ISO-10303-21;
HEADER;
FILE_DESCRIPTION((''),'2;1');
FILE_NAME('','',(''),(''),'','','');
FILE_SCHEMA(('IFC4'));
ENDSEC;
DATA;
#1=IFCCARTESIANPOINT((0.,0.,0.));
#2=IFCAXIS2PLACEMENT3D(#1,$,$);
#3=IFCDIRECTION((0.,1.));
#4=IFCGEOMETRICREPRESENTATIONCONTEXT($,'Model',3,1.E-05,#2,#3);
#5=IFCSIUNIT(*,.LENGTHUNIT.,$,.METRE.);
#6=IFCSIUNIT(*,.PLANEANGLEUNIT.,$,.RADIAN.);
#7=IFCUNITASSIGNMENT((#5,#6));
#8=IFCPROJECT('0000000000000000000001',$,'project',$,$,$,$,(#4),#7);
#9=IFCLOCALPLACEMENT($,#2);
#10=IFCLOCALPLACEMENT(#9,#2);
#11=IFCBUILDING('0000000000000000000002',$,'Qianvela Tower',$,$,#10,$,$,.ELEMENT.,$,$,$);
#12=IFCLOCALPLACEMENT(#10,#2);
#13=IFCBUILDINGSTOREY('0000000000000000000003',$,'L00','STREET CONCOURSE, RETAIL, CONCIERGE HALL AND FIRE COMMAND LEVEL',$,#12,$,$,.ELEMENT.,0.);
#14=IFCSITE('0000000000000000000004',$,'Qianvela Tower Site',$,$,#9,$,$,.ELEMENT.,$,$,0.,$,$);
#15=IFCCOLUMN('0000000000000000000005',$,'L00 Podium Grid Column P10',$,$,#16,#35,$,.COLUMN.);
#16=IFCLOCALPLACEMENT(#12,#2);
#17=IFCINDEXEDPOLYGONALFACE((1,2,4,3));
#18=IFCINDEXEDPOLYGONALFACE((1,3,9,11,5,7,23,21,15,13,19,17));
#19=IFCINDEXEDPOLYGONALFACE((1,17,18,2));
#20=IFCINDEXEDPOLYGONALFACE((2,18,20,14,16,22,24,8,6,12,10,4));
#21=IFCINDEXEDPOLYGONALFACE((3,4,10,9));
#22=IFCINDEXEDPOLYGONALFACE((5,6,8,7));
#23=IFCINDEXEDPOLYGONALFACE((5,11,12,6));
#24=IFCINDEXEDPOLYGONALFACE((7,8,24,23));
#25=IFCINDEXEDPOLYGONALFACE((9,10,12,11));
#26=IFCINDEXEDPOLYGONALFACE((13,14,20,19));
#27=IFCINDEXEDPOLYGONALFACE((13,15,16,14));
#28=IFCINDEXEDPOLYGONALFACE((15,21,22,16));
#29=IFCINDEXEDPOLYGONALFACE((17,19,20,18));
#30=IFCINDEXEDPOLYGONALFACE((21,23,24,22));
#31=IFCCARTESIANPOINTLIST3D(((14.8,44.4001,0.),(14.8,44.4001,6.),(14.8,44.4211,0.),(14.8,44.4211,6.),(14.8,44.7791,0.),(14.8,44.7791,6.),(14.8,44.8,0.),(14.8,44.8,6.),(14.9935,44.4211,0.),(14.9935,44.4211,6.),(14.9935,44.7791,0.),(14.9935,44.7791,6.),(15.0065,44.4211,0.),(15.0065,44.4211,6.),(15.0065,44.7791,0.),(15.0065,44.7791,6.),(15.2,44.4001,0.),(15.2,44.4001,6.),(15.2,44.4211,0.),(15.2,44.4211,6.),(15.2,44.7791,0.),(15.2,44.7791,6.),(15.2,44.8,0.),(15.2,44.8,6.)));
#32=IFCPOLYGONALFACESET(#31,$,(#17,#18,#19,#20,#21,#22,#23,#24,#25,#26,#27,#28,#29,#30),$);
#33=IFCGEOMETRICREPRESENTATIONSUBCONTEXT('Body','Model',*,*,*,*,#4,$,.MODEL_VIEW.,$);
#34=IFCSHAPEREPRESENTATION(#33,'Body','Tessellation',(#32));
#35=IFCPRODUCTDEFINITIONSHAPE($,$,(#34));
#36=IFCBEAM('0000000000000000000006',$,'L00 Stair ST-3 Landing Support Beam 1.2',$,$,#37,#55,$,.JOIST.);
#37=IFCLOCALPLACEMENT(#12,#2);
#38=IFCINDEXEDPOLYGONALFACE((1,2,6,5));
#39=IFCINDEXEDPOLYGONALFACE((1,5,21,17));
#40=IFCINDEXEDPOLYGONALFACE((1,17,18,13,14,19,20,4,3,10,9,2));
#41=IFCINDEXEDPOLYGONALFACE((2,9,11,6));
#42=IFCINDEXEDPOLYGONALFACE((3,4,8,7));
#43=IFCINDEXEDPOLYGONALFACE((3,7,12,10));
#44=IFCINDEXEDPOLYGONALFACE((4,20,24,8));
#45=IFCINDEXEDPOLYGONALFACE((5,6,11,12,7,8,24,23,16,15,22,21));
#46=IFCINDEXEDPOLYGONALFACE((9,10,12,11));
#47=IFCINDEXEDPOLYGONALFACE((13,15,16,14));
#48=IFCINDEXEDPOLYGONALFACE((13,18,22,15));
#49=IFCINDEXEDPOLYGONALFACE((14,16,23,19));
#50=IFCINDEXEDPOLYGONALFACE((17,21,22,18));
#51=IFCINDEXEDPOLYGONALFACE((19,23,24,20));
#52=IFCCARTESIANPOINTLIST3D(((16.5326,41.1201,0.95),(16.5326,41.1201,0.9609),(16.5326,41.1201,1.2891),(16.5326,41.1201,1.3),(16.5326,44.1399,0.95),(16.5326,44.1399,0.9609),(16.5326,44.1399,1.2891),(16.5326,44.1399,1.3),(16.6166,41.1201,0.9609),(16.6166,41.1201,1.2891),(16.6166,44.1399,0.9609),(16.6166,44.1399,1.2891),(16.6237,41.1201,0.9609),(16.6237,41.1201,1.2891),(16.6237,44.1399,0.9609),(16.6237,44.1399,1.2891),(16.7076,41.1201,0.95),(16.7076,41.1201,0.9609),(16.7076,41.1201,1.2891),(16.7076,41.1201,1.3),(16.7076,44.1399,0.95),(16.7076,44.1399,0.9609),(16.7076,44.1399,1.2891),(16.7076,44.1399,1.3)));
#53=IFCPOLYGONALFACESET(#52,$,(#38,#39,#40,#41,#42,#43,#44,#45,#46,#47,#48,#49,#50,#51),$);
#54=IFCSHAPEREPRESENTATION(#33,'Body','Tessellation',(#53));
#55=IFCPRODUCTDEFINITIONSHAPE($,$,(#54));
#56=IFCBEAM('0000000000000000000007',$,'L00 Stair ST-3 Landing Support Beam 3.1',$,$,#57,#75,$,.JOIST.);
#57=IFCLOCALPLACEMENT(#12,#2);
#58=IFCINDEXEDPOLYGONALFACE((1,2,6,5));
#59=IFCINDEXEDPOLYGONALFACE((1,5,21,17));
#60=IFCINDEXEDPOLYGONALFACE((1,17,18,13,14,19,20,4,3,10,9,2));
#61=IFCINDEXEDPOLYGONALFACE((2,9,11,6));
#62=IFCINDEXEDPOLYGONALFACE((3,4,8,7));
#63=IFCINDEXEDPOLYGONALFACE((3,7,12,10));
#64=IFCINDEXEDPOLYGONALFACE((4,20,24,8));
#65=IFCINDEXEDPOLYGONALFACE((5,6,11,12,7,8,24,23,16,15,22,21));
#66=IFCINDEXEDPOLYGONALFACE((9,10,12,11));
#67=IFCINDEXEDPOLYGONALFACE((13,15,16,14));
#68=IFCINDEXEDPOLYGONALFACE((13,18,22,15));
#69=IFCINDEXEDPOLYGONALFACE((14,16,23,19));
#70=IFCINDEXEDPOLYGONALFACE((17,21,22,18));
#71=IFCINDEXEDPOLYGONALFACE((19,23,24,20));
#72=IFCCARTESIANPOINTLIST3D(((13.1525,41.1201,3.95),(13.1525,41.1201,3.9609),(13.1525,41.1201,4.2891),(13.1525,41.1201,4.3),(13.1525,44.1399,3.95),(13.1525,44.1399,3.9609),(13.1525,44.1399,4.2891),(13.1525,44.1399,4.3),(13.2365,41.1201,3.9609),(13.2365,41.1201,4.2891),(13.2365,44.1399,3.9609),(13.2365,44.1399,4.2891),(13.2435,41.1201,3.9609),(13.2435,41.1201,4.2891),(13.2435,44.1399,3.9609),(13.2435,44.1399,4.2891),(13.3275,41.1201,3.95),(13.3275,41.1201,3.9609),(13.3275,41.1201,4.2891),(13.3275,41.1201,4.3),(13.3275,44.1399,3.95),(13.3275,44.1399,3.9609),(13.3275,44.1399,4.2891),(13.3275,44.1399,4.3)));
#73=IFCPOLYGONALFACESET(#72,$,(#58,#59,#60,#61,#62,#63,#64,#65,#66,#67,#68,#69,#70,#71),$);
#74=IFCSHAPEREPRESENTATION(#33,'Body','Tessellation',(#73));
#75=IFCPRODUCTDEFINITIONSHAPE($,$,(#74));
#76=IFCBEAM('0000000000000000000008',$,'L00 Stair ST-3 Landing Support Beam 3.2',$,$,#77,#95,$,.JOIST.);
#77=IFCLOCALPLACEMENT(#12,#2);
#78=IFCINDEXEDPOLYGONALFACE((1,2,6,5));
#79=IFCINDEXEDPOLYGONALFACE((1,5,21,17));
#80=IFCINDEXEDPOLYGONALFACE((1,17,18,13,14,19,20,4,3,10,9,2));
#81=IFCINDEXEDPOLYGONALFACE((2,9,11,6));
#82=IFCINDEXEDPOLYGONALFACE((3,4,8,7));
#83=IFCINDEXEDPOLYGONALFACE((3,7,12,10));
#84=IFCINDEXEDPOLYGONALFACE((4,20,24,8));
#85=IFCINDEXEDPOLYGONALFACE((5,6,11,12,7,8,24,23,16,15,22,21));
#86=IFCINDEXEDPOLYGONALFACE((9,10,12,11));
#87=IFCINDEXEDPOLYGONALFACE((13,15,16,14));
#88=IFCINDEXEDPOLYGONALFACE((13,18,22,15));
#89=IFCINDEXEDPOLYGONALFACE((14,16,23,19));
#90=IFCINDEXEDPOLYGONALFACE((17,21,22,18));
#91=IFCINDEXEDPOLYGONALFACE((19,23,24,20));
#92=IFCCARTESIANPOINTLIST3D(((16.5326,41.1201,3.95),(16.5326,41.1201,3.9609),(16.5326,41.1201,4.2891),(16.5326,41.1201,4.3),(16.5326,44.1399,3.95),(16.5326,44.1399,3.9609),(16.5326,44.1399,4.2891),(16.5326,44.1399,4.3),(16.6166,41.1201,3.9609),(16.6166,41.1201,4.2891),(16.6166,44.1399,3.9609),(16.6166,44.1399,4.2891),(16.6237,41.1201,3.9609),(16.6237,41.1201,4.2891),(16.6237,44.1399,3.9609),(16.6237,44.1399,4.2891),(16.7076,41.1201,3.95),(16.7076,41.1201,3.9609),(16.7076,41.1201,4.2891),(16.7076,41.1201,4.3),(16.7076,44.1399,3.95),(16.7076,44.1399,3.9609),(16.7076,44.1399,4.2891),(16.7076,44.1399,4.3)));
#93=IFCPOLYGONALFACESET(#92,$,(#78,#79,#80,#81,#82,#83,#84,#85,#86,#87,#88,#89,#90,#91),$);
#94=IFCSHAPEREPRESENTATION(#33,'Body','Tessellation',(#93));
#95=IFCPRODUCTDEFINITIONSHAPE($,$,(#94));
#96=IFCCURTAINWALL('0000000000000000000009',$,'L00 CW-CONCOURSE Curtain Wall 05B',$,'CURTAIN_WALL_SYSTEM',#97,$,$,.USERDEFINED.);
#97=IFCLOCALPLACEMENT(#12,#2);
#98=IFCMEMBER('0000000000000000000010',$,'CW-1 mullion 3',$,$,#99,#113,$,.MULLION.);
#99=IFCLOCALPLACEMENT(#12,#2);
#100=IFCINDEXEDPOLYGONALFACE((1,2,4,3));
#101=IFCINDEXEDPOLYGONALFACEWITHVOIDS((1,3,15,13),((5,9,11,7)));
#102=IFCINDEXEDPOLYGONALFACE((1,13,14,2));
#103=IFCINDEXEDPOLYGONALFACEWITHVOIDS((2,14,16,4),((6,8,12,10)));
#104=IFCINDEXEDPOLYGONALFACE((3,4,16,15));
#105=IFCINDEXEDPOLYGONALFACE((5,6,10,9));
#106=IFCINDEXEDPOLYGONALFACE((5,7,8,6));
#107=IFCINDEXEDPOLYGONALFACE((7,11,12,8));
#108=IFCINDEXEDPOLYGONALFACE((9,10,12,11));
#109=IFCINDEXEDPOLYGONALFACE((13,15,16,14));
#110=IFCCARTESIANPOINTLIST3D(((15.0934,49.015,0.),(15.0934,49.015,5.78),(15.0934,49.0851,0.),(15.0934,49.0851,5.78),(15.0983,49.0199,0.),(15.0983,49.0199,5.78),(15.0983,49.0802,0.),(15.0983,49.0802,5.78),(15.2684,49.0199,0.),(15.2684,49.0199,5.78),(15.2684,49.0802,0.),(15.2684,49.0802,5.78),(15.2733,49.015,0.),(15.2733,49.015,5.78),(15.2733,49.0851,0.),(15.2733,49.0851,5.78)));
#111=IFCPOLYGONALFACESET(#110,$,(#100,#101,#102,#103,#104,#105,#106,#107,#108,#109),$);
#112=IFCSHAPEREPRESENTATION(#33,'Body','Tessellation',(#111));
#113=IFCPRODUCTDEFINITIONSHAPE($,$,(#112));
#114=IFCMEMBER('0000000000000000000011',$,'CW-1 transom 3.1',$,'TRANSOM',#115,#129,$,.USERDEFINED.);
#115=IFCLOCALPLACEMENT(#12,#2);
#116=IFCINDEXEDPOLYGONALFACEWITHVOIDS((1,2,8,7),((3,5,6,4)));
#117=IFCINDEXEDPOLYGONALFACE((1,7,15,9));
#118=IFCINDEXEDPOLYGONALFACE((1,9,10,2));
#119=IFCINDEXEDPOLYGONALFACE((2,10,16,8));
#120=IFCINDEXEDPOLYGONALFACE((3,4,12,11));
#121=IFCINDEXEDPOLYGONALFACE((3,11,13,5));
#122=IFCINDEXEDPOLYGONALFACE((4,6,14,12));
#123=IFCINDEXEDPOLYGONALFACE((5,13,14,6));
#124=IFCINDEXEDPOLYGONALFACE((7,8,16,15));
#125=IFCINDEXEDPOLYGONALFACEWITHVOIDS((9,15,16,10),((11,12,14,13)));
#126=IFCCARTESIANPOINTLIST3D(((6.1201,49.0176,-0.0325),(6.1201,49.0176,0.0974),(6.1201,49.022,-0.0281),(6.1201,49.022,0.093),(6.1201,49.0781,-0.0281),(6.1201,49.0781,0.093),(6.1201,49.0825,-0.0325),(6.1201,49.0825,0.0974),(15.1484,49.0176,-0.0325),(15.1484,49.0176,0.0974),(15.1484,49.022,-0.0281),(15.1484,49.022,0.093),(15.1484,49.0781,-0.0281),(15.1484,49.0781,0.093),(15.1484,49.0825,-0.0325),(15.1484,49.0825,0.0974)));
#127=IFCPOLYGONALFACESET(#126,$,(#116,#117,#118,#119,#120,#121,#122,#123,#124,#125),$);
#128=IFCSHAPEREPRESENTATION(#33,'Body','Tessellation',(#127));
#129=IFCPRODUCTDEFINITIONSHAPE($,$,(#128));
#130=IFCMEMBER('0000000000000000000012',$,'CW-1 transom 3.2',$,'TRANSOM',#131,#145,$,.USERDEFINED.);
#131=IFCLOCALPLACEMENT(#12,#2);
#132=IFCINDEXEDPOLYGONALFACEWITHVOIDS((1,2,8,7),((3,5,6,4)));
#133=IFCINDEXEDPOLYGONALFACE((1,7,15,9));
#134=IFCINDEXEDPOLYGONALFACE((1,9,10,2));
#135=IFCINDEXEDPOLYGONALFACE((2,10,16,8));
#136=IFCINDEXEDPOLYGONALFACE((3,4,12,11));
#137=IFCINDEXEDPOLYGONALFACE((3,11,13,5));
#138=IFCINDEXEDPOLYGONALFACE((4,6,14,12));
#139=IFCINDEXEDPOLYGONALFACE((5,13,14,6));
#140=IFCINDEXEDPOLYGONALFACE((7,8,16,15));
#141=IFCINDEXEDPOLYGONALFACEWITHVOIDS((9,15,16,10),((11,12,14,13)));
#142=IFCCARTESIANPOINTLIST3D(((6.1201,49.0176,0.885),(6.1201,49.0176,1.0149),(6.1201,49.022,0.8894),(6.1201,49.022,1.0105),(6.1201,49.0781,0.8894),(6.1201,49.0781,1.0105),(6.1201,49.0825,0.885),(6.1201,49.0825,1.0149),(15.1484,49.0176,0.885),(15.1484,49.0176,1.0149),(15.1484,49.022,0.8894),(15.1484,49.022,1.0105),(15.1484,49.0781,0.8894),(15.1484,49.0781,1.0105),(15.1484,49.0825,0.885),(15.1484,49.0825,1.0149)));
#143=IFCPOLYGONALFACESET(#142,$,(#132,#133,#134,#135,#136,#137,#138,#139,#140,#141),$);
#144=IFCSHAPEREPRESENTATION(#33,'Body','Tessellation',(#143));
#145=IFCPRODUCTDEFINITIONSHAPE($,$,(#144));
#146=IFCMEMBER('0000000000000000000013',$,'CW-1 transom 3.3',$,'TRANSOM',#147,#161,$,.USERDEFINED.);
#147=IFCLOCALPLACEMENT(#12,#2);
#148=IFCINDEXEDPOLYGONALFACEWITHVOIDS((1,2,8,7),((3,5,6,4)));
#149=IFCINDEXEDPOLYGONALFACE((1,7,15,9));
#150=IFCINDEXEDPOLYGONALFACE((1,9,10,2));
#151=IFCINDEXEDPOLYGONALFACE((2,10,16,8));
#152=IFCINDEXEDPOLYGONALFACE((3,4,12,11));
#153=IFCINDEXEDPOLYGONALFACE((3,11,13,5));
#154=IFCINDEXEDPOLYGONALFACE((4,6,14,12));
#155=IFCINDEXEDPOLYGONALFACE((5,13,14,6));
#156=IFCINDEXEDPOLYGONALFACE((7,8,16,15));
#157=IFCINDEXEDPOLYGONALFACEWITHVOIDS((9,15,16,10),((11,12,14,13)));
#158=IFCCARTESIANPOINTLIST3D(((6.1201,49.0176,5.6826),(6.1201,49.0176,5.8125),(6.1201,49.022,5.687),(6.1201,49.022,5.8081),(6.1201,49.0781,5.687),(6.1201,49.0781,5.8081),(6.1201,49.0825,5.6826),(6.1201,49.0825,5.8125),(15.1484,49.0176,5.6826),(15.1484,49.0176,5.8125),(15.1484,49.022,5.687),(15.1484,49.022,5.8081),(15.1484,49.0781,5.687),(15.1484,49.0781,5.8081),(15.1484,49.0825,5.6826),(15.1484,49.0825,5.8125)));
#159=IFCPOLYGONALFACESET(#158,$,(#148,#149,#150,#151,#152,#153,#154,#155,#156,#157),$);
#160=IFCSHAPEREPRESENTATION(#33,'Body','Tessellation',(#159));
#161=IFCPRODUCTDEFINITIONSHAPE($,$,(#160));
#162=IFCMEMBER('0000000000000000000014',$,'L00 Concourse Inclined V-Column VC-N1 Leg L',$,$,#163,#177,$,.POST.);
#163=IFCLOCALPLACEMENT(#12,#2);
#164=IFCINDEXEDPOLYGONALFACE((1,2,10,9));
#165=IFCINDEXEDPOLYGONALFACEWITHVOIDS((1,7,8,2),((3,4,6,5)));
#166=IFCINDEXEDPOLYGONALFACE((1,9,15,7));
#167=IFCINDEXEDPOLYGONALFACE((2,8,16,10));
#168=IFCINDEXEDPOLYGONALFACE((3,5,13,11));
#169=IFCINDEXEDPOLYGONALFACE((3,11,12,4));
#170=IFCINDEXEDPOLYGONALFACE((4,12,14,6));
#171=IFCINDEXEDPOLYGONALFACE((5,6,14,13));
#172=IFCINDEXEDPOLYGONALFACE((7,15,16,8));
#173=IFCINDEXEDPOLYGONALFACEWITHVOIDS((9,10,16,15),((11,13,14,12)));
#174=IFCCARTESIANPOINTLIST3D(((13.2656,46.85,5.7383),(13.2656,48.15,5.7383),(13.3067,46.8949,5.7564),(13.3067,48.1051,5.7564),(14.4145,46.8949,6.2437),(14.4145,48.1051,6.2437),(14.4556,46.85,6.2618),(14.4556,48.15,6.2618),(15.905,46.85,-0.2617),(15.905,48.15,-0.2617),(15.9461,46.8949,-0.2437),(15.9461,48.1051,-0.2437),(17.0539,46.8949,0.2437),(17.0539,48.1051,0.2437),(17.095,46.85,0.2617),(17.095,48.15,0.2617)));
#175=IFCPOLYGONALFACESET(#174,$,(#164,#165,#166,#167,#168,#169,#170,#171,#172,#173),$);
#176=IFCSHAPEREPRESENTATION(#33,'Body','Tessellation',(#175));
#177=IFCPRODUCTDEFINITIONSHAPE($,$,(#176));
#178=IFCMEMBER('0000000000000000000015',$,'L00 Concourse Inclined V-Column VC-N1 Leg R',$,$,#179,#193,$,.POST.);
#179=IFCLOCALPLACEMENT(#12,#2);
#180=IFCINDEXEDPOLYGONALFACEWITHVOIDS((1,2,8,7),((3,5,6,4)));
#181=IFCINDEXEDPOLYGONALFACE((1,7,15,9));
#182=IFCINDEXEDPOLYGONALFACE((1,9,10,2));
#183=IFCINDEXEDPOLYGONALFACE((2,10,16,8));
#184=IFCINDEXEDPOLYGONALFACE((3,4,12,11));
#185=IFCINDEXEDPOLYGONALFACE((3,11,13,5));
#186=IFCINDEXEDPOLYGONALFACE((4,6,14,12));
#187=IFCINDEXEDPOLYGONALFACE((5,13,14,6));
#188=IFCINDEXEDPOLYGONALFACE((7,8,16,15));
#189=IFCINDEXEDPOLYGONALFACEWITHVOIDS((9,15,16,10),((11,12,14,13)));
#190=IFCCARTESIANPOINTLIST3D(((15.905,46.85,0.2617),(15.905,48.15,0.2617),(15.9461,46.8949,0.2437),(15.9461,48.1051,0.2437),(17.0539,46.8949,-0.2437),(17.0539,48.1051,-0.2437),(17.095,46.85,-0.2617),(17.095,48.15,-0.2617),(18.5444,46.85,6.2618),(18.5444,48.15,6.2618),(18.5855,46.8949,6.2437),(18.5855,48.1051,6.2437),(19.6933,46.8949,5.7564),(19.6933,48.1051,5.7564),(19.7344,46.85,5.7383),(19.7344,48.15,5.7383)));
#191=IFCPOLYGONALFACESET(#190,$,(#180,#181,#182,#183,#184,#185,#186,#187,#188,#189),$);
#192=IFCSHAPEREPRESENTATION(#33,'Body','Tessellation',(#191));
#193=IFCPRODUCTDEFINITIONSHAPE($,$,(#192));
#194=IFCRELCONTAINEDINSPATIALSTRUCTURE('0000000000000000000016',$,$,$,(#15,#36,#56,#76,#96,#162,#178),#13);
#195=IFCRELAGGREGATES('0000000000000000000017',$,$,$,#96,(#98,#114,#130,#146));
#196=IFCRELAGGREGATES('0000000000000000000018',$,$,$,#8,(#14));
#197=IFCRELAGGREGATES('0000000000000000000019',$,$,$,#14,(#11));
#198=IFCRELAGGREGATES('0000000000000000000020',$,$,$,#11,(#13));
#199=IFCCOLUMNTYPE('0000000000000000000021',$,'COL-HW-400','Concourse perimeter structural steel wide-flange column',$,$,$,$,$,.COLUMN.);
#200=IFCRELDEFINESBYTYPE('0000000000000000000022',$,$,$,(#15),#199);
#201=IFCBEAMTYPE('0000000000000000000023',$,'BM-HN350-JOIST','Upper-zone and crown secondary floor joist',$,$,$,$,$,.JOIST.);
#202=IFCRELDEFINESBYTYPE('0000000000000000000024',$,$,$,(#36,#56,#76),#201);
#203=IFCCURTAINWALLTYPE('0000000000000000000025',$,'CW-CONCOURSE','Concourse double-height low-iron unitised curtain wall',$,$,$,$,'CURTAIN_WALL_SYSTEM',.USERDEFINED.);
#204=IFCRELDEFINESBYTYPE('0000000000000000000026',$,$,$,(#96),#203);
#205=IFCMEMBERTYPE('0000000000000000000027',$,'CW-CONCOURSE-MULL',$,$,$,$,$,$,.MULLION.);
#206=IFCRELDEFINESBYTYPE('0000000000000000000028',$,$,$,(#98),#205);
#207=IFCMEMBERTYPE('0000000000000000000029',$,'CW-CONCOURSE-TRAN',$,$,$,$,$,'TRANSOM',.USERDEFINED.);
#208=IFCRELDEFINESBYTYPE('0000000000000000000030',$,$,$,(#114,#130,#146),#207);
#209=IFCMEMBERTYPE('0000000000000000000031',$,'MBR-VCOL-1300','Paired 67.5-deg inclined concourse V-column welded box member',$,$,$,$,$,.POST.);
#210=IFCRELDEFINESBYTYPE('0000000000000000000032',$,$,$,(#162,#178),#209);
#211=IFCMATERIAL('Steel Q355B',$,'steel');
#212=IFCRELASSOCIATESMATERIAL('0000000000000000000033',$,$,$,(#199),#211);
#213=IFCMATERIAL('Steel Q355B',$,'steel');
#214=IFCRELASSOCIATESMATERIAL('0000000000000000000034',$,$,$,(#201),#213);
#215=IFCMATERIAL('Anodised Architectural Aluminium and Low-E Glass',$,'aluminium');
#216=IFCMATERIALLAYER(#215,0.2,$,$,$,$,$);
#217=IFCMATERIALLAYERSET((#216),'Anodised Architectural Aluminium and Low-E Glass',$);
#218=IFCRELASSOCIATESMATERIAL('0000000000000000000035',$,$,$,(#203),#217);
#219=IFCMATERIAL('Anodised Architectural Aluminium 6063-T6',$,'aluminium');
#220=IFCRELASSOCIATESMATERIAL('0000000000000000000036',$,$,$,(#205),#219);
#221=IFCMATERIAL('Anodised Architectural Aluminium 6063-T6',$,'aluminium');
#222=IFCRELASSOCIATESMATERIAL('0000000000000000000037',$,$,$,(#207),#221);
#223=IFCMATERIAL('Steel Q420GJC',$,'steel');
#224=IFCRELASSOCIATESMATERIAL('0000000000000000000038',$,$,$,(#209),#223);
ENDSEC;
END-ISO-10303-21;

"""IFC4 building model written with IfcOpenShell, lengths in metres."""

from ifc_helpers import new_model, si_unit, direction, frame, origin, origin_2d, place, context, subcontext, project, spatial, hollow_rectangle, i_section, extrude, material, layer, layer_set, material_profile, profile_set, type_object, element, aggregate, save


model = new_model("IFC4")

# Units and contexts
model_context = context("Model", 3, precision=1e-05, world=origin(), true_north=direction((0.0, 1.0)))
body_context = subcontext(model_context, "Body", "Model", "MODEL_VIEW")
ifc_project = project(units=[si_unit("LENGTHUNIT", "METRE"), si_unit("PLANEANGLEUNIT", "RADIAN")], contexts=[model_context])

# Site, building, storey
site_placement = place(None, origin())
site = spatial("IfcSite", under=ifc_project, at=site_placement, Name="Qianvela Tower Site", CompositionType="ELEMENT", RefElevation=0.0)
building_placement = place(site_placement, origin())
building = spatial("IfcBuilding", under=site, at=building_placement, Name="Qianvela Tower", CompositionType="ELEMENT")
storey_placement = place(building_placement, origin())
storey = spatial("IfcBuildingStorey", under=building, at=storey_placement, Name="L00", Description="STREET CONCOURSE, RETAIL, CONCIERGE HALL AND FIRE COMMAND LEVEL", CompositionType="ELEMENT", Elevation=0.0)

# Column
ifc_material_1 = material(Name="Steel Q355B", Category="steel")
ifc_material_profile_1 = material_profile(ifc_material_1, i_section(OverallWidth=0.3999, OverallDepth=0.3999, WebThickness=0.0129, FlangeThickness=0.021, at=origin_2d()), Name="HW400x400x13x21")
ifc_profile_set_1 = profile_set([ifc_material_profile_1], Name="Steel Q355B")
column_type = type_object("IfcColumnType", Name="COL-HW-400", Description="Concourse perimeter structural steel wide-flange column", PredefinedType="COLUMN", material=ifc_profile_set_1)
column_placement = place(storey_placement, frame((15.0, 44.6001, 0.0), z_axis=(0.0, 0.0, 1.0), x_axis=(1.0, 0.0, 0.0)))
element("IfcColumn", 1, at=column_placement, inside=storey, type_object=column_type, Name="L00 Podium Grid Column P10", PredefinedType="COLUMN", context=body_context, shape_type="SweptSolid", body=[
    extrude(i_section(OverallWidth=0.3999, OverallDepth=0.3999, WebThickness=0.0129, FlangeThickness=0.021, at=origin_2d()), origin(), (0.0, 0.0, 1.0), 6.0),
])

# Beams
ifc_material_2 = material(Name="Steel Q355B", Category="steel")
ifc_material_profile_2 = material_profile(ifc_material_2, i_section(OverallWidth=0.175, OverallDepth=0.3501, WebThickness=0.0071, FlangeThickness=0.011, at=origin_2d()), Name="HN350x175x7x11")
ifc_profile_set_2 = profile_set([ifc_material_profile_2], Name="Steel Q355B")
beam_type = type_object("IfcBeamType", Name="BM-HN350-JOIST", Description="Upper-zone and crown secondary floor joist", PredefinedType="JOIST", material=ifc_profile_set_2)
for number, where, z_axis, x_axis, name in (
    (2, (16.6201, 41.1201, 1.125), (0.0, 1.0, 0.0), (-1.0, 0.0, 0.0), "L00 Stair ST-3 Landing Support Beam 1.2"),
    (3, (13.24, 41.1201, 4.125), (0.0, 1.0, 0.0), (-1.0, 0.0, 0.0), "L00 Stair ST-3 Landing Support Beam 3.1"),
    (4, (16.6201, 41.1201, 4.125), (0.0, 1.0, 0.0), (-1.0, 0.0, 0.0), "L00 Stair ST-3 Landing Support Beam 3.2"),
):
    element("IfcBeam", number, at=place(storey_placement, frame(where, z_axis=z_axis, x_axis=x_axis)), inside=storey, type_object=beam_type, Name=name, PredefinedType="JOIST", context=body_context, shape_type="SweptSolid", body=[
        extrude(i_section(OverallWidth=0.175, OverallDepth=0.3501, WebThickness=0.0071, FlangeThickness=0.011, at=origin_2d()), origin(), (0.0, 0.0, 1.0), 3.0198),
    ])

# Curtain wall, members
ifc_material_3 = material(Name="Anodised Architectural Aluminium and Low-E Glass", Category="aluminium")
ifc_layer_1 = layer(ifc_material_3, 0.2)
ifc_layer_set_1 = layer_set([ifc_layer_1], Name="Anodised Architectural Aluminium and Low-E Glass")
curtain_wall_type = type_object("IfcCurtainWallType", Name="CW-CONCOURSE", Description="Concourse double-height low-iron unitised curtain wall", ElementType="CURTAIN_WALL_SYSTEM", PredefinedType="USERDEFINED", material=ifc_layer_set_1)
curtain_wall_placement = place(storey_placement, origin())
curtain_wall = element("IfcCurtainWall", 5, at=curtain_wall_placement, inside=storey, type_object=curtain_wall_type, Name="L00 CW-CONCOURSE Curtain Wall 05B", ObjectType="CURTAIN_WALL_SYSTEM", PredefinedType="USERDEFINED")
ifc_material_4 = material(Name="Anodised Architectural Aluminium 6063-T6", Category="aluminium")
ifc_material_profile_3 = material_profile(ifc_material_4, hollow_rectangle(XDim=0.0701, YDim=0.1799, WallThickness=0.0049, at=origin_2d()), Name="ALU-MULL-70x180")
ifc_profile_set_3 = profile_set([ifc_material_profile_3], Name="Anodised Architectural Aluminium 6063-T6")
member_type_1 = type_object("IfcMemberType", Name="CW-CONCOURSE-MULL", PredefinedType="MULLION", material=ifc_profile_set_3)
member_1_placement = place(storey_placement, frame((15.1833, 49.05, 0.0), z_axis=(0.0, 0.0, 1.0), x_axis=(0.0, -1.0, 0.0)))
member_1 = element("IfcMember", 6, at=member_1_placement, type_object=member_type_1, Name="CW-1 mullion 3", PredefinedType="MULLION", context=body_context, shape_type="SweptSolid", body=[
    extrude(hollow_rectangle(XDim=0.0701, YDim=0.1799, WallThickness=0.0049, at=origin_2d()), origin(), (0.0, 0.0, 1.0), 5.78),
])
ifc_material_5 = material(Name="Anodised Architectural Aluminium 6063-T6", Category="aluminium")
ifc_material_profile_4 = material_profile(ifc_material_5, hollow_rectangle(XDim=0.0649, YDim=0.1299, WallThickness=0.0044, at=origin_2d()), Name="ALU-TRAN-65x130")
ifc_profile_set_4 = profile_set([ifc_material_profile_4], Name="Anodised Architectural Aluminium 6063-T6")
member_type_2 = type_object("IfcMemberType", Name="CW-CONCOURSE-TRAN", ElementType="TRANSOM", PredefinedType="USERDEFINED", material=ifc_profile_set_4)
member_2_placement = place(storey_placement, frame((15.1484, 49.05, 0.0325), z_axis=(-1.0, 0.0, 0.0), x_axis=(0.0, -1.0, 0.0)))
member_2 = element("IfcMember", 7, at=member_2_placement, type_object=member_type_2, Name="CW-1 transom 3.1", ObjectType="TRANSOM", PredefinedType="USERDEFINED", context=body_context, shape_type="SweptSolid", body=[
    extrude(hollow_rectangle(XDim=0.0649, YDim=0.1299, WallThickness=0.0044, at=origin_2d()), origin(), (0.0, 0.0, 1.0), 9.0283),
])
member_3_placement = place(storey_placement, frame((15.1484, 49.05, 0.95), z_axis=(-1.0, 0.0, 0.0), x_axis=(0.0, -1.0, 0.0)))
member_3 = element("IfcMember", 8, at=member_3_placement, type_object=member_type_2, Name="CW-1 transom 3.2", ObjectType="TRANSOM", PredefinedType="USERDEFINED", context=body_context, shape_type="SweptSolid", body=[
    extrude(hollow_rectangle(XDim=0.0649, YDim=0.1299, WallThickness=0.0044, at=origin_2d()), origin(), (0.0, 0.0, 1.0), 9.0283),
])
member_4_placement = place(storey_placement, frame((15.1484, 49.05, 5.7476), z_axis=(-1.0, 0.0, 0.0), x_axis=(0.0, -1.0, 0.0)))
member_4 = element("IfcMember", 9, at=member_4_placement, type_object=member_type_2, Name="CW-1 transom 3.3", ObjectType="TRANSOM", PredefinedType="USERDEFINED", context=body_context, shape_type="SweptSolid", body=[
    extrude(hollow_rectangle(XDim=0.0649, YDim=0.1299, WallThickness=0.0044, at=origin_2d()), origin(), (0.0, 0.0, 1.0), 9.0283),
])

# Members
ifc_material_6 = material(Name="Steel Q420GJC", Category="steel")
ifc_material_profile_5 = material_profile(ifc_material_6, hollow_rectangle(XDim=1.3, YDim=1.3, WallThickness=0.0449, at=origin_2d()), Name="VBOX-1300x1300x45")
ifc_profile_set_5 = profile_set([ifc_material_profile_5], Name="Steel Q420GJC")
member_type_3 = type_object("IfcMemberType", Name="MBR-VCOL-1300", Description="Paired 67.5-deg inclined concourse V-column welded box member", PredefinedType="POST", material=ifc_profile_set_5)
for number, where, z_axis, x_axis, name in (
    (10, (16.5, 47.5, 0.0), (-0.402662, 0.0, 0.915349), (0.0, -1.0, 0.0), "L00 Concourse Inclined V-Column VC-N1 Leg L"),
    (11, (16.5, 47.5, 0.0), (0.402662, 0.0, 0.915349), (0.0, 1.0, 0.0), "L00 Concourse Inclined V-Column VC-N1 Leg R"),
):
    element("IfcMember", number, at=place(storey_placement, frame(where, z_axis=z_axis, x_axis=x_axis)), inside=storey, type_object=member_type_3, Name=name, PredefinedType="POST", context=body_context, shape_type="SweptSolid", body=[
        extrude(hollow_rectangle(XDim=1.3, YDim=1.3, WallThickness=0.0449, at=origin_2d()), origin(), (0.0, 0.0, 1.0), 6.5549),
    ])

aggregate(curtain_wall, [member_1, member_2, member_3, member_4])

save(model, "model.ifc")
